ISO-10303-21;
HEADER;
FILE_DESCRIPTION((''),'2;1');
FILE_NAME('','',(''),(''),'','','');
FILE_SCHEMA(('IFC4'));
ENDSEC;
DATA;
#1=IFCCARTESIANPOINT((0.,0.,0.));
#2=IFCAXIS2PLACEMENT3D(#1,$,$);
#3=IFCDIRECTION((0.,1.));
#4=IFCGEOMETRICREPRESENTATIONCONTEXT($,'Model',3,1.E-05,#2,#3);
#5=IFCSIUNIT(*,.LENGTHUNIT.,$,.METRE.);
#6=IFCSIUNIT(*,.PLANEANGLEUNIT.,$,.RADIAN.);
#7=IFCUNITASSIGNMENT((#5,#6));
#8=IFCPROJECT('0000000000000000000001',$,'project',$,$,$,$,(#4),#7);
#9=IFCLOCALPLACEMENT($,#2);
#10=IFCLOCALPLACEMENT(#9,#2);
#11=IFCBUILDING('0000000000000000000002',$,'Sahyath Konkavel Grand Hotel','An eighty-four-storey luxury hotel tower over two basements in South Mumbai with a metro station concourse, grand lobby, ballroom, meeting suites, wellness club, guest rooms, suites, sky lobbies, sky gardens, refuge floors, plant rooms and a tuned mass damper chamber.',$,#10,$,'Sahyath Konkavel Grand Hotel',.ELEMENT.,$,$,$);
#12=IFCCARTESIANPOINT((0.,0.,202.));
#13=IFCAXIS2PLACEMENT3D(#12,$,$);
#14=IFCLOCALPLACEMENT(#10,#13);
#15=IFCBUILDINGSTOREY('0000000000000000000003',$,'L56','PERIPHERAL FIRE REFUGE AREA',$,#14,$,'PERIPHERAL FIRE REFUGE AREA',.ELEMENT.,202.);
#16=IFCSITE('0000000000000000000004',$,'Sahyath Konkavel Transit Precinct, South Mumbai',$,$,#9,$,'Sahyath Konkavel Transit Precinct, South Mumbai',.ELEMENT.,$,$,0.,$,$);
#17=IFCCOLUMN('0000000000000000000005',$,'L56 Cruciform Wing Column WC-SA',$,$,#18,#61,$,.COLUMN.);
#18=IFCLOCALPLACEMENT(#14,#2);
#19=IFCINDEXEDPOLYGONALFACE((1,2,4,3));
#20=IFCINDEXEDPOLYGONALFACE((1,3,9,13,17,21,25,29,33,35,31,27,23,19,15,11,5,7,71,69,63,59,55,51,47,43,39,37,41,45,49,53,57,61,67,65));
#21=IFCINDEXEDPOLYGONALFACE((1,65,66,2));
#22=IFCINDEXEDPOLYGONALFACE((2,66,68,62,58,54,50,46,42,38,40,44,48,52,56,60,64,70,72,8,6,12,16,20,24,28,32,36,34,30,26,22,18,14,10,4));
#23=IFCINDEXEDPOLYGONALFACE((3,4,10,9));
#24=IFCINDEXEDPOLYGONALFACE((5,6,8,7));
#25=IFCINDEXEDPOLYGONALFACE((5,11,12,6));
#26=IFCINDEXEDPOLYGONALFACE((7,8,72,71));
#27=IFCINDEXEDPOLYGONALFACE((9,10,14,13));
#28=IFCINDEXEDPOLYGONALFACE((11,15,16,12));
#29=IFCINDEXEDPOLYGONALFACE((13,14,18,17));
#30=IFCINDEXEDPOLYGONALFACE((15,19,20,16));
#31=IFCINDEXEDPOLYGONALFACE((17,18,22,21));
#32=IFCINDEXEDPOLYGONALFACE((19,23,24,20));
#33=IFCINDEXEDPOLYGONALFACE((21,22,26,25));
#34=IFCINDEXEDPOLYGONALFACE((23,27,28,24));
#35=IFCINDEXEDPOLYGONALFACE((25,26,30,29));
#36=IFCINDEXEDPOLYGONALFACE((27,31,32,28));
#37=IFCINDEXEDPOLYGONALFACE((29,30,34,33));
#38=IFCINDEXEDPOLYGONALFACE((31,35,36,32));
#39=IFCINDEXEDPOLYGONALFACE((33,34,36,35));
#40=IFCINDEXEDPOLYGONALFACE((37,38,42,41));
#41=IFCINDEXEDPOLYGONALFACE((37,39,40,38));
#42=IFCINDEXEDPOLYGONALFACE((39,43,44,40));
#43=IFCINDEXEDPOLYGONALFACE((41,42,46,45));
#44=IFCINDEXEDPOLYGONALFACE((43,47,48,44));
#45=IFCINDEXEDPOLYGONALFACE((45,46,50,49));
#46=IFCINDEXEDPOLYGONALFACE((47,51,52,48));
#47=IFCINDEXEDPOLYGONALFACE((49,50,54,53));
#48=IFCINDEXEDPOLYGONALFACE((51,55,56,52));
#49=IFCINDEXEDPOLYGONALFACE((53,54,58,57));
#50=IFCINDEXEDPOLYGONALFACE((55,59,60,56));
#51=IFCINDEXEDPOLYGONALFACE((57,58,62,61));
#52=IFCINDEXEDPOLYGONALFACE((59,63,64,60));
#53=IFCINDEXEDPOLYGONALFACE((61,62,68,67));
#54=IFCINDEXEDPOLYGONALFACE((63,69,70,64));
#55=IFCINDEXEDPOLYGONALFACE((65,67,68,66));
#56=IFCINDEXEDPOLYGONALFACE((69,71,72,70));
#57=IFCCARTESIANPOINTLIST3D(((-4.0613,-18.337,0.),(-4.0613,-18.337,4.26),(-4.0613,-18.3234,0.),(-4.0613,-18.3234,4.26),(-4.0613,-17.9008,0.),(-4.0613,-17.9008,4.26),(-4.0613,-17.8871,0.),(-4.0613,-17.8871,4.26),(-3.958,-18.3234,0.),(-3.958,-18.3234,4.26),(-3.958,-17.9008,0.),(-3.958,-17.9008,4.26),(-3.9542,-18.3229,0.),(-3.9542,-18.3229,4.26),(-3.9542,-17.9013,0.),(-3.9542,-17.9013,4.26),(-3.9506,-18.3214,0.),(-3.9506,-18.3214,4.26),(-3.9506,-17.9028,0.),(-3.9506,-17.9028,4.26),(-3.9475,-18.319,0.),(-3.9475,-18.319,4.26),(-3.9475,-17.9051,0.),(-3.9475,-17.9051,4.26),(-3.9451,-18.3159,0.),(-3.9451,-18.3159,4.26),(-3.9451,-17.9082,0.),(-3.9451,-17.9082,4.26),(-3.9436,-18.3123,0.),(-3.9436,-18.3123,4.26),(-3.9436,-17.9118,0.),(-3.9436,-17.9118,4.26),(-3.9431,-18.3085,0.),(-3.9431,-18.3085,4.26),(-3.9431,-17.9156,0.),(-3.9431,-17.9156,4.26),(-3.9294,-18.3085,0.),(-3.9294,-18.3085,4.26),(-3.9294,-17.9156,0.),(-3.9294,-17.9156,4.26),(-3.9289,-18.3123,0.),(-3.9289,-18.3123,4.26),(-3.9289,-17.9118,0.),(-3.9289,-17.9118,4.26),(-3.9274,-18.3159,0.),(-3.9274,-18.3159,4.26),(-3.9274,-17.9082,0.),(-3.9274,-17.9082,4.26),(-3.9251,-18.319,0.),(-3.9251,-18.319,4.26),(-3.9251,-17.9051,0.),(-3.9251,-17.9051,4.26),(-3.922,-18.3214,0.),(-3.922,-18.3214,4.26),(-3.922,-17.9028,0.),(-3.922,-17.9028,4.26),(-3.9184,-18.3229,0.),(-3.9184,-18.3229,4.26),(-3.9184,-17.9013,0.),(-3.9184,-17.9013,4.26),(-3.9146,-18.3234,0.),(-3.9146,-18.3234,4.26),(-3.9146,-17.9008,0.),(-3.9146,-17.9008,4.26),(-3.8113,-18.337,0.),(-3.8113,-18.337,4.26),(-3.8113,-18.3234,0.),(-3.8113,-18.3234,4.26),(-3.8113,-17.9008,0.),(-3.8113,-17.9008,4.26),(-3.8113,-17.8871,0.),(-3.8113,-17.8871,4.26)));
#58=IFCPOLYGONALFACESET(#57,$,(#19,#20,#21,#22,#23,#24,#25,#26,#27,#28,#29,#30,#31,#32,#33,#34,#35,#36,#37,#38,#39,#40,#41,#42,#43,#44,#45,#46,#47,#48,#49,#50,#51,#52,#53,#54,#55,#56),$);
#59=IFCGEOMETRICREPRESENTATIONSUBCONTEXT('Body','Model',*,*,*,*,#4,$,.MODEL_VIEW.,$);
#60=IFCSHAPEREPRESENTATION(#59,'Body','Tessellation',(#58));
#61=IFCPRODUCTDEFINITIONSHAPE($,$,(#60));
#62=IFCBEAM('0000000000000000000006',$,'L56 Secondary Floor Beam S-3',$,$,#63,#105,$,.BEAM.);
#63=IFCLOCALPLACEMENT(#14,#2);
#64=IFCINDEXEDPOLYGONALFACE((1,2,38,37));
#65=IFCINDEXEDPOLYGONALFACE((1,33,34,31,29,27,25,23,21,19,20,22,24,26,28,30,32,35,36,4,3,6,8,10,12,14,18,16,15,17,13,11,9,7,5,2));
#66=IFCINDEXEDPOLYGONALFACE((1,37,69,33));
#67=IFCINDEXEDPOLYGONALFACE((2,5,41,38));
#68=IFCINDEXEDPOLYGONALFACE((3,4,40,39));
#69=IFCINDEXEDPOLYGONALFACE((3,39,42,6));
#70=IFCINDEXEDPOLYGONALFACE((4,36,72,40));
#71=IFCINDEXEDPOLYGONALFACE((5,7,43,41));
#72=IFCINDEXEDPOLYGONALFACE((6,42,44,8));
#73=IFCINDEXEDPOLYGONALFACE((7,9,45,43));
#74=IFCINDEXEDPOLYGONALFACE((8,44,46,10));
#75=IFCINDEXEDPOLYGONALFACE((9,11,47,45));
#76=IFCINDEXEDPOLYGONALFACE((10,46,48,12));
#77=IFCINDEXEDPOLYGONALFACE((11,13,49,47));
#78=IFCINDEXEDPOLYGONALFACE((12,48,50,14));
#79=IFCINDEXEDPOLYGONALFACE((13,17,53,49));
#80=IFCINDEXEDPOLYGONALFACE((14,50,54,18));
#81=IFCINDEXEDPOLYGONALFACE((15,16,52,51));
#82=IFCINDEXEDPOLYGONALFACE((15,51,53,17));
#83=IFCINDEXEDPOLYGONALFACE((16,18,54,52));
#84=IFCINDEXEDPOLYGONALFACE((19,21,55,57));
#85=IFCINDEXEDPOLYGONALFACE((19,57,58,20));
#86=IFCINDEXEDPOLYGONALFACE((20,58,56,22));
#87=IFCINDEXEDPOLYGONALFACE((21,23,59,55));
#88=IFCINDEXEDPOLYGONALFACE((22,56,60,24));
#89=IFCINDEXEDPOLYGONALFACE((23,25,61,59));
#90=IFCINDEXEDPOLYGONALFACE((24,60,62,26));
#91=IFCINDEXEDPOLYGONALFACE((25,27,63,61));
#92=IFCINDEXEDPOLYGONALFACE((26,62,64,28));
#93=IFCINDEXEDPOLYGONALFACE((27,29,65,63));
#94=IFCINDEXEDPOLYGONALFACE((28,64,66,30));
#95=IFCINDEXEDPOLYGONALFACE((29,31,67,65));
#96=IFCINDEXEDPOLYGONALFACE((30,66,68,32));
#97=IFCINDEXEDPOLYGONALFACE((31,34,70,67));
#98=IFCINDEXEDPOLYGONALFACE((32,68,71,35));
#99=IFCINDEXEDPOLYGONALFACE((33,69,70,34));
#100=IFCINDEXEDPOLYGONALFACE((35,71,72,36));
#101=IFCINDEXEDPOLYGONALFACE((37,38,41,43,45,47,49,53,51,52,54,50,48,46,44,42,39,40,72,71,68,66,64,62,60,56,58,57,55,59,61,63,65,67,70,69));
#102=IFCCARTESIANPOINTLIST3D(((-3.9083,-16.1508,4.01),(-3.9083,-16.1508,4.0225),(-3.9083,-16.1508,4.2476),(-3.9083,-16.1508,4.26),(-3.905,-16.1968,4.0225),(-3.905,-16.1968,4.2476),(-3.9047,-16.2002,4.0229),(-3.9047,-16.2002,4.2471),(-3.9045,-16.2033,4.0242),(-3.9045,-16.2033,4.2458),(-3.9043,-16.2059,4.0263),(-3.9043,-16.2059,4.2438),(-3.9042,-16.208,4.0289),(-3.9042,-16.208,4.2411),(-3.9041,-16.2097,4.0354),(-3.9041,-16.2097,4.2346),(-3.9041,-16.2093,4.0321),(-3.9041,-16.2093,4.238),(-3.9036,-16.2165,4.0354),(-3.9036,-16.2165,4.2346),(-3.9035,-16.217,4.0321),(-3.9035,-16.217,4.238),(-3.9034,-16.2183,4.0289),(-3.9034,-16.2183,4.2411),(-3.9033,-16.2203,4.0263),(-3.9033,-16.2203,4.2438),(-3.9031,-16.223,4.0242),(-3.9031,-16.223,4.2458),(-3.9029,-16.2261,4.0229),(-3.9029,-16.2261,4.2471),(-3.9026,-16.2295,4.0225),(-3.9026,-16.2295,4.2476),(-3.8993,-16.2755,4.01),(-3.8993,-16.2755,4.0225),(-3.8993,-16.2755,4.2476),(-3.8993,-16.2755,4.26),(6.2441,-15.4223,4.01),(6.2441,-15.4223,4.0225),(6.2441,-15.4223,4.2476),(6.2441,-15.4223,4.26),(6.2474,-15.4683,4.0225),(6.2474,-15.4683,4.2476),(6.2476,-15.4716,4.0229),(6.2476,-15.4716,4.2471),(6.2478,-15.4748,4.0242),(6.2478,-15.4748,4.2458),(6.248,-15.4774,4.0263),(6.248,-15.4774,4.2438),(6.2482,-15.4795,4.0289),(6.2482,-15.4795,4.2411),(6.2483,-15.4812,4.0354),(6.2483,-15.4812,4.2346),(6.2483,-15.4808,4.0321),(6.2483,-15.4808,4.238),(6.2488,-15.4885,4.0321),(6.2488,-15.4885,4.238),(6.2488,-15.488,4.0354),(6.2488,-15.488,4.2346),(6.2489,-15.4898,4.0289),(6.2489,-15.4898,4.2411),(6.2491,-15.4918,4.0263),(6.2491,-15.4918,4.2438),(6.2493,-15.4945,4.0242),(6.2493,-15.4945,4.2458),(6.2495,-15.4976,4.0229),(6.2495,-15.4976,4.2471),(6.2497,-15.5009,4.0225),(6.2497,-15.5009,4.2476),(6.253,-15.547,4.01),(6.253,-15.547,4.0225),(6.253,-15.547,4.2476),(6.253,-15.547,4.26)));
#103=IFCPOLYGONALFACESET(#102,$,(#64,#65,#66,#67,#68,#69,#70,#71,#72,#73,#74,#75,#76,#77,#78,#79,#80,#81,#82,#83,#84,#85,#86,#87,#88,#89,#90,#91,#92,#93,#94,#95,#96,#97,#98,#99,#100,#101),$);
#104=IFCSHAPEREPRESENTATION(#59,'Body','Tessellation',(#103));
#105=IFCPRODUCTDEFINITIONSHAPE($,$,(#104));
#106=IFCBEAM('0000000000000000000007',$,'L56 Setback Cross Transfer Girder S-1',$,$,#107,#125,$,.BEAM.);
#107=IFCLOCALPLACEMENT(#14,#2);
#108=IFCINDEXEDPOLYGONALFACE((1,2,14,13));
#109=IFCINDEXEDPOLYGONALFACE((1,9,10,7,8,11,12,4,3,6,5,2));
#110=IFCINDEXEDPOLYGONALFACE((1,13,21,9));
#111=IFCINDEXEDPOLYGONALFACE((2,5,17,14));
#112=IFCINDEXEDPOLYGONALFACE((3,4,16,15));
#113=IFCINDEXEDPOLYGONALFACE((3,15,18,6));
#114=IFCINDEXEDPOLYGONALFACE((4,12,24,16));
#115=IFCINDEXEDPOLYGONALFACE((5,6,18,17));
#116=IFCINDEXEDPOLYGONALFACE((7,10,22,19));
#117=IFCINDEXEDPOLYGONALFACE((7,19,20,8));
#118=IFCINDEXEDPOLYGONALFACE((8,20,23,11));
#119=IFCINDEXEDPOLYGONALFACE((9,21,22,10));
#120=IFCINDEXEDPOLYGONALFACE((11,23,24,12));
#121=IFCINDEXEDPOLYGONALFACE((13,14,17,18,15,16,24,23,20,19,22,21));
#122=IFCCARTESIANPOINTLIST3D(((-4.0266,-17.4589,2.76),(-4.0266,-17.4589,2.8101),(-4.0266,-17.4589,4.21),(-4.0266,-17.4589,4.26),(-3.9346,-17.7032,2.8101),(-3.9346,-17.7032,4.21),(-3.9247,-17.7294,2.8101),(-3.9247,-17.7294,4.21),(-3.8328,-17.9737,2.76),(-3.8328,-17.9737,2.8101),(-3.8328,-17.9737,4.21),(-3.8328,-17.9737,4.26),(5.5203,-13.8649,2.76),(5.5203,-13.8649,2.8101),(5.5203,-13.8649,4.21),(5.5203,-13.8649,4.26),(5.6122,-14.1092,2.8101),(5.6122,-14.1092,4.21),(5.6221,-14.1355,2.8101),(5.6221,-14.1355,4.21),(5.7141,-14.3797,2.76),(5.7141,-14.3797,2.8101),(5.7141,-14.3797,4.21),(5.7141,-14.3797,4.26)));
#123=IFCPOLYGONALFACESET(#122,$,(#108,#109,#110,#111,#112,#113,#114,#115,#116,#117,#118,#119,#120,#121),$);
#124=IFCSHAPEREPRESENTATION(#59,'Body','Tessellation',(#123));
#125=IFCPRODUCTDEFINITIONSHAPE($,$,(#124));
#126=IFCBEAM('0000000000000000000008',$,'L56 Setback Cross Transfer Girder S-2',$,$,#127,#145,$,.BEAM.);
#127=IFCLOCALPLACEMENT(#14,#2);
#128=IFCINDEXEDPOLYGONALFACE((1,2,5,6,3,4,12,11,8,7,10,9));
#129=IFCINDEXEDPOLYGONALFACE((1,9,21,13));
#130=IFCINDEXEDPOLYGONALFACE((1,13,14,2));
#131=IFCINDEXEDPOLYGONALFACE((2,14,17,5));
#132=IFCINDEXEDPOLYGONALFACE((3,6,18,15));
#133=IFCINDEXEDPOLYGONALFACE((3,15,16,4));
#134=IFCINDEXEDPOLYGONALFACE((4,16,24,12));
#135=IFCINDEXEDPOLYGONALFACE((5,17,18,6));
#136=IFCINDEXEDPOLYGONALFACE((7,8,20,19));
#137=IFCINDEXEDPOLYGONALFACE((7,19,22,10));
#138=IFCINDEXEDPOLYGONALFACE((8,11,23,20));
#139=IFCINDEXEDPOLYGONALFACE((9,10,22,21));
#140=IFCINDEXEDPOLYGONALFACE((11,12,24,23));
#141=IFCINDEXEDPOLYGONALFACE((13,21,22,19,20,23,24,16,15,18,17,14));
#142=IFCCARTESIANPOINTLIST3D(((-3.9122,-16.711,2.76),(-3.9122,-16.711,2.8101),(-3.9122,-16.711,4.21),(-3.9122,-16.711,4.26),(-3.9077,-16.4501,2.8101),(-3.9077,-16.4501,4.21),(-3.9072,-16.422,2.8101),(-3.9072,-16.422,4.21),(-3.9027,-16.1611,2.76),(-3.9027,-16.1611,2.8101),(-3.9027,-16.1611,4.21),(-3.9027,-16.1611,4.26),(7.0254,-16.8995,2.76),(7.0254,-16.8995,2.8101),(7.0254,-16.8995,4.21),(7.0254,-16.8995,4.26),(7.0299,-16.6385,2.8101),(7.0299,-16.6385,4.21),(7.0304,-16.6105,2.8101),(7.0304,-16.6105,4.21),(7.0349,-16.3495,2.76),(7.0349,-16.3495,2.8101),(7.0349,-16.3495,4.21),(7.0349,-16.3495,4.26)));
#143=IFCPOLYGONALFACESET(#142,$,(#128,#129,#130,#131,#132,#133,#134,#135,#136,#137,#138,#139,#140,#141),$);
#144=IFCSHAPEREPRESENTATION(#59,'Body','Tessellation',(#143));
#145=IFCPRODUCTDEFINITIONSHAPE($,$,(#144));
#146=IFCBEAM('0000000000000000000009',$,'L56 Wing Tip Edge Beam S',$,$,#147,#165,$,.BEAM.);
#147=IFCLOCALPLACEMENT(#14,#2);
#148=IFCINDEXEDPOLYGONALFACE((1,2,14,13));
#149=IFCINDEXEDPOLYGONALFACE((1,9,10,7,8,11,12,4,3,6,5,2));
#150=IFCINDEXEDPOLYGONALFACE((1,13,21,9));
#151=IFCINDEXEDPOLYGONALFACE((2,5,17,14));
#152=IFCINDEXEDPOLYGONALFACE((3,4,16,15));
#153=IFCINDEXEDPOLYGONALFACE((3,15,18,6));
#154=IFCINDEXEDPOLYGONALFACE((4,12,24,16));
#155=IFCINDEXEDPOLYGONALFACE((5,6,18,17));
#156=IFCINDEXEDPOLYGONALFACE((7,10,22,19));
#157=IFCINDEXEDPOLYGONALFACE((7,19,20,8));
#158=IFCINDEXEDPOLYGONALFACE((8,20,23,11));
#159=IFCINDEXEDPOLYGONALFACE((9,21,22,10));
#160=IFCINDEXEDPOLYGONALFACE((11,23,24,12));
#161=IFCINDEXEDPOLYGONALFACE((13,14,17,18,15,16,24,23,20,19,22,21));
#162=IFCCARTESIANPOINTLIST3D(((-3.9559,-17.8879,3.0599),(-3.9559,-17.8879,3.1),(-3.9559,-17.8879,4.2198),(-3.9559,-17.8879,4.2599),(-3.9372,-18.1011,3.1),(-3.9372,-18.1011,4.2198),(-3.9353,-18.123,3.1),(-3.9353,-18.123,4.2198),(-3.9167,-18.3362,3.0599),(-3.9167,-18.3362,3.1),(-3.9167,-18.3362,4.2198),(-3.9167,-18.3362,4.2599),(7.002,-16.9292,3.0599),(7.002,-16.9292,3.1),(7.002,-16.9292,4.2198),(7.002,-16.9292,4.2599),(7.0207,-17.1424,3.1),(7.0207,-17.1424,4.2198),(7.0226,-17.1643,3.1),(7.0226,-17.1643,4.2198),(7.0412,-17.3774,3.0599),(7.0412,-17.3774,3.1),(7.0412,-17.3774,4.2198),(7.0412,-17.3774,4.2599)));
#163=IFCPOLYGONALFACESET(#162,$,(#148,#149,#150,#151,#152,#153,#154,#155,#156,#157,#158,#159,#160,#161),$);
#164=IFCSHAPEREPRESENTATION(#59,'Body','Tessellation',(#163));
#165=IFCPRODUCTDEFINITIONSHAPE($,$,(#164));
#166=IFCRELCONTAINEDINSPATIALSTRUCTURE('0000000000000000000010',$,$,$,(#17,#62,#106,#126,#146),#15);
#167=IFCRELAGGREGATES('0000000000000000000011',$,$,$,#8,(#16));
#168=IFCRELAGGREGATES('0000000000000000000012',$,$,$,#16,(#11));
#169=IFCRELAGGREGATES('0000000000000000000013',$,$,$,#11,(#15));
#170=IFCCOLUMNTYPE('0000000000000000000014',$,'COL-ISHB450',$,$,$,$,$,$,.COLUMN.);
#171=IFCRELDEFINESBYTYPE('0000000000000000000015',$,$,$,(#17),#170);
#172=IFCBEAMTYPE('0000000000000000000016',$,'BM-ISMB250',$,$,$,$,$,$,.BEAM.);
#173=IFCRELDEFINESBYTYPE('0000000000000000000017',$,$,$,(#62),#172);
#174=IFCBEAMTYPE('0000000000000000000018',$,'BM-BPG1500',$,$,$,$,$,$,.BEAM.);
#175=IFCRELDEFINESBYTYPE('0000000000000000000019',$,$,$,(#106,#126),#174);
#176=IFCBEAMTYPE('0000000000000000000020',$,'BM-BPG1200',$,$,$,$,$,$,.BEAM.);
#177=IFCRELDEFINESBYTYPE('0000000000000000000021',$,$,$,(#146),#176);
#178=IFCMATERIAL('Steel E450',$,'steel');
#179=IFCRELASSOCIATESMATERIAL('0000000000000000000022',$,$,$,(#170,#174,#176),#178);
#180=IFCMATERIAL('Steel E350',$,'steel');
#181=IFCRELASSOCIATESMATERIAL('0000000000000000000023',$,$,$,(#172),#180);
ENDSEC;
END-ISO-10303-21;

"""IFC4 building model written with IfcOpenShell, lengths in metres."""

from ifc_helpers import new_model, si_unit, direction, frame, origin, origin_2d, place, context, subcontext, project, spatial, i_section, extrude, source, transform, mapped, material, material_profile, profile_set, type_object, element, save


model = new_model("IFC4")

# Units and contexts
model_context = context("Model", 3, precision=1e-05, world=origin(), true_north=direction((0.0, 1.0)))
body_context = subcontext(model_context, "Body", "Model", "MODEL_VIEW")
ifc_project = project(units=[si_unit("LENGTHUNIT", "METRE"), si_unit("PLANEANGLEUNIT", "RADIAN")], contexts=[model_context])

# Site, building, storey
site_placement = place(None, origin())
site = spatial("IfcSite", under=ifc_project, at=site_placement, Name="Sahyath Konkavel Transit Precinct, South Mumbai", LongName="Sahyath Konkavel Transit Precinct, South Mumbai", CompositionType="ELEMENT", RefElevation=0.0)
building_placement = place(site_placement, origin())
building = spatial("IfcBuilding", under=site, at=building_placement, Name="Sahyath Konkavel Grand Hotel", Description="An eighty-four-storey luxury hotel tower over two basements in South Mumbai with a metro station concourse, grand lobby, ballroom, meeting suites, wellness club, guest rooms, suites, sky lobbies, sky gardens, refuge floors, plant rooms and a tuned mass damper chamber.", LongName="Sahyath Konkavel Grand Hotel", CompositionType="ELEMENT")
storey_placement = place(building_placement, frame((0.0, 0.0, 202.0)))
storey = spatial("IfcBuildingStorey", under=building, at=storey_placement, Name="L56", Description="PERIPHERAL FIRE REFUGE AREA", LongName="PERIPHERAL FIRE REFUGE AREA", CompositionType="ELEMENT", Elevation=202.0)

# Column
ifc_material_1 = material(Name="Steel E450", Category="steel")
ifc_material_profile_1 = material_profile(ifc_material_1, i_section(OverallWidth=0.25, OverallDepth=0.45, WebThickness=0.0137, FlangeThickness=0.0137, FilletRadius=0.0149, at=origin_2d()), Name="ISHB 450")
ifc_profile_set_1 = profile_set([ifc_material_profile_1], Name="Steel E450")
column_type = type_object("IfcColumnType", Name="COL-ISHB450", PredefinedType="COLUMN", material=ifc_profile_set_1)
shared_shape_1 = source(origin(), body_context, "Body", "SweptSolid", [
    extrude(i_section(OverallWidth=0.25, OverallDepth=0.45, WebThickness=0.0137, FlangeThickness=0.0137, FilletRadius=0.0149, at=origin_2d()), origin(), (0.0, 0.0, 1.0), 4.26),
])
column_placement = place(storey_placement, frame((-3.9363, -18.1121, 0.0), z_axis=(0.0, 0.0, 1.0), x_axis=(1.0, 0.0, 0.0)))
element("IfcColumn", 1, at=column_placement, inside=storey, type_object=column_type, Name="L56 Cruciform Wing Column WC-SA", PredefinedType="COLUMN", context=body_context, shape_type="MappedRepresentation", body=[
    mapped(shared_shape_1, transform((0.0, 0.0, 0.0), scale=1.0)),
])

# Beams
ifc_material_2 = material(Name="Steel E350", Category="steel")
ifc_material_profile_2 = material_profile(ifc_material_2, i_section(OverallWidth=0.125, OverallDepth=0.25, WebThickness=0.0068, FlangeThickness=0.0125, FilletRadius=0.0129, at=origin_2d()), Name="ISMB 250")
ifc_profile_set_2 = profile_set([ifc_material_profile_2], Name="Steel E350")
beam_type_1 = type_object("IfcBeamType", Name="BM-ISMB250", PredefinedType="BEAM", material=ifc_profile_set_2)
shared_shape_2 = source(origin(), body_context, "Body", "SweptSolid", [
    extrude(i_section(OverallWidth=0.125, OverallDepth=0.25, WebThickness=0.0068, FlangeThickness=0.0125, FilletRadius=0.0129, at=origin_2d()), origin(), (0.0, 0.0, 1.0), 10.1785),
])
beam_1_placement = place(storey_placement, frame((-3.9038, -16.2131, 4.135), z_axis=(0.997435, 0.071574, 0.0), x_axis=(-0.071574, 0.997435, 0.0)))
element("IfcBeam", 2, at=beam_1_placement, inside=storey, type_object=beam_type_1, Name="L56 Secondary Floor Beam S-3", PredefinedType="BEAM", context=body_context, shape_type="MappedRepresentation", body=[
    mapped(shared_shape_2, transform((0.0, 0.0, 0.0), scale=1.0)),
])
ifc_material_profile_3 = material_profile(ifc_material_1, i_section(OverallWidth=0.55, OverallDepth=1.5, WebThickness=0.0281, FlangeThickness=0.05, at=origin_2d()), Name="BPG 1500x550")
ifc_profile_set_3 = profile_set([ifc_material_profile_3], Name="Steel E450")
beam_type_2 = type_object("IfcBeamType", Name="BM-BPG1500", PredefinedType="BEAM", material=ifc_profile_set_3)
shared_shape_3 = source(origin(), body_context, "Body", "SweptSolid", [
    extrude(i_section(OverallWidth=0.55, OverallDepth=1.5, WebThickness=0.0281, FlangeThickness=0.05, at=origin_2d()), origin(), (0.0, 0.0, 1.0), 10.2009),
])
beam_2_placement = place(storey_placement, frame((-3.9297, -17.7163, 3.51), z_axis=(0.93588, 0.352319, 0.0), x_axis=(-0.352319, 0.93588, 0.0)))
element("IfcBeam", 3, at=beam_2_placement, inside=storey, type_object=beam_type_2, Name="L56 Setback Cross Transfer Girder S-1", PredefinedType="BEAM", context=body_context, shape_type="MappedRepresentation", body=[
    mapped(shared_shape_3, transform((0.0, 0.0, 0.0), scale=1.0)),
])
shared_shape_4 = source(origin(), body_context, "Body", "SweptSolid", [
    extrude(i_section(OverallWidth=0.55, OverallDepth=1.5, WebThickness=0.0281, FlangeThickness=0.05, at=origin_2d()), origin(), (0.0, 0.0, 1.0), 10.9392),
])
beam_3_placement = place(storey_placement, frame((-3.9075, -16.436, 3.51), z_axis=(0.999852, -0.01723, 0.0), x_axis=(0.01723, 0.999852, 0.0)))
element("IfcBeam", 4, at=beam_3_placement, inside=storey, type_object=beam_type_2, Name="L56 Setback Cross Transfer Girder S-2", PredefinedType="BEAM", context=body_context, shape_type="MappedRepresentation", body=[
    mapped(shared_shape_4, transform((0.0, 0.0, 0.0), scale=1.0)),
])
ifc_material_profile_4 = material_profile(ifc_material_1, i_section(OverallWidth=0.45, OverallDepth=1.2, WebThickness=0.022, FlangeThickness=0.04, at=origin_2d()), Name="BPG 1200x450")
ifc_profile_set_4 = profile_set([ifc_material_profile_4], Name="Steel E450")
beam_type_3 = type_object("IfcBeamType", Name="BM-BPG1200", PredefinedType="BEAM", material=ifc_profile_set_4)
shared_shape_5 = source(origin(), body_context, "Body", "SweptSolid", [
    extrude(i_section(OverallWidth=0.45, OverallDepth=1.2, WebThickness=0.022, FlangeThickness=0.04, at=origin_2d()), origin(), (0.0, 0.0, 1.0), 10.9998),
])
beam_4_placement = place(storey_placement, frame((-3.9363, -18.1121, 3.6599), z_axis=(0.996194, 0.087159, 0.0), x_axis=(-0.087159, 0.996194, 0.0)))
element("IfcBeam", 5, at=beam_4_placement, inside=storey, type_object=beam_type_3, Name="L56 Wing Tip Edge Beam S", PredefinedType="BEAM", context=body_context, shape_type="MappedRepresentation", body=[
    mapped(shared_shape_5, transform((0.0, 0.0, 0.0), scale=1.0)),
])

save(model, "model.ifc")
